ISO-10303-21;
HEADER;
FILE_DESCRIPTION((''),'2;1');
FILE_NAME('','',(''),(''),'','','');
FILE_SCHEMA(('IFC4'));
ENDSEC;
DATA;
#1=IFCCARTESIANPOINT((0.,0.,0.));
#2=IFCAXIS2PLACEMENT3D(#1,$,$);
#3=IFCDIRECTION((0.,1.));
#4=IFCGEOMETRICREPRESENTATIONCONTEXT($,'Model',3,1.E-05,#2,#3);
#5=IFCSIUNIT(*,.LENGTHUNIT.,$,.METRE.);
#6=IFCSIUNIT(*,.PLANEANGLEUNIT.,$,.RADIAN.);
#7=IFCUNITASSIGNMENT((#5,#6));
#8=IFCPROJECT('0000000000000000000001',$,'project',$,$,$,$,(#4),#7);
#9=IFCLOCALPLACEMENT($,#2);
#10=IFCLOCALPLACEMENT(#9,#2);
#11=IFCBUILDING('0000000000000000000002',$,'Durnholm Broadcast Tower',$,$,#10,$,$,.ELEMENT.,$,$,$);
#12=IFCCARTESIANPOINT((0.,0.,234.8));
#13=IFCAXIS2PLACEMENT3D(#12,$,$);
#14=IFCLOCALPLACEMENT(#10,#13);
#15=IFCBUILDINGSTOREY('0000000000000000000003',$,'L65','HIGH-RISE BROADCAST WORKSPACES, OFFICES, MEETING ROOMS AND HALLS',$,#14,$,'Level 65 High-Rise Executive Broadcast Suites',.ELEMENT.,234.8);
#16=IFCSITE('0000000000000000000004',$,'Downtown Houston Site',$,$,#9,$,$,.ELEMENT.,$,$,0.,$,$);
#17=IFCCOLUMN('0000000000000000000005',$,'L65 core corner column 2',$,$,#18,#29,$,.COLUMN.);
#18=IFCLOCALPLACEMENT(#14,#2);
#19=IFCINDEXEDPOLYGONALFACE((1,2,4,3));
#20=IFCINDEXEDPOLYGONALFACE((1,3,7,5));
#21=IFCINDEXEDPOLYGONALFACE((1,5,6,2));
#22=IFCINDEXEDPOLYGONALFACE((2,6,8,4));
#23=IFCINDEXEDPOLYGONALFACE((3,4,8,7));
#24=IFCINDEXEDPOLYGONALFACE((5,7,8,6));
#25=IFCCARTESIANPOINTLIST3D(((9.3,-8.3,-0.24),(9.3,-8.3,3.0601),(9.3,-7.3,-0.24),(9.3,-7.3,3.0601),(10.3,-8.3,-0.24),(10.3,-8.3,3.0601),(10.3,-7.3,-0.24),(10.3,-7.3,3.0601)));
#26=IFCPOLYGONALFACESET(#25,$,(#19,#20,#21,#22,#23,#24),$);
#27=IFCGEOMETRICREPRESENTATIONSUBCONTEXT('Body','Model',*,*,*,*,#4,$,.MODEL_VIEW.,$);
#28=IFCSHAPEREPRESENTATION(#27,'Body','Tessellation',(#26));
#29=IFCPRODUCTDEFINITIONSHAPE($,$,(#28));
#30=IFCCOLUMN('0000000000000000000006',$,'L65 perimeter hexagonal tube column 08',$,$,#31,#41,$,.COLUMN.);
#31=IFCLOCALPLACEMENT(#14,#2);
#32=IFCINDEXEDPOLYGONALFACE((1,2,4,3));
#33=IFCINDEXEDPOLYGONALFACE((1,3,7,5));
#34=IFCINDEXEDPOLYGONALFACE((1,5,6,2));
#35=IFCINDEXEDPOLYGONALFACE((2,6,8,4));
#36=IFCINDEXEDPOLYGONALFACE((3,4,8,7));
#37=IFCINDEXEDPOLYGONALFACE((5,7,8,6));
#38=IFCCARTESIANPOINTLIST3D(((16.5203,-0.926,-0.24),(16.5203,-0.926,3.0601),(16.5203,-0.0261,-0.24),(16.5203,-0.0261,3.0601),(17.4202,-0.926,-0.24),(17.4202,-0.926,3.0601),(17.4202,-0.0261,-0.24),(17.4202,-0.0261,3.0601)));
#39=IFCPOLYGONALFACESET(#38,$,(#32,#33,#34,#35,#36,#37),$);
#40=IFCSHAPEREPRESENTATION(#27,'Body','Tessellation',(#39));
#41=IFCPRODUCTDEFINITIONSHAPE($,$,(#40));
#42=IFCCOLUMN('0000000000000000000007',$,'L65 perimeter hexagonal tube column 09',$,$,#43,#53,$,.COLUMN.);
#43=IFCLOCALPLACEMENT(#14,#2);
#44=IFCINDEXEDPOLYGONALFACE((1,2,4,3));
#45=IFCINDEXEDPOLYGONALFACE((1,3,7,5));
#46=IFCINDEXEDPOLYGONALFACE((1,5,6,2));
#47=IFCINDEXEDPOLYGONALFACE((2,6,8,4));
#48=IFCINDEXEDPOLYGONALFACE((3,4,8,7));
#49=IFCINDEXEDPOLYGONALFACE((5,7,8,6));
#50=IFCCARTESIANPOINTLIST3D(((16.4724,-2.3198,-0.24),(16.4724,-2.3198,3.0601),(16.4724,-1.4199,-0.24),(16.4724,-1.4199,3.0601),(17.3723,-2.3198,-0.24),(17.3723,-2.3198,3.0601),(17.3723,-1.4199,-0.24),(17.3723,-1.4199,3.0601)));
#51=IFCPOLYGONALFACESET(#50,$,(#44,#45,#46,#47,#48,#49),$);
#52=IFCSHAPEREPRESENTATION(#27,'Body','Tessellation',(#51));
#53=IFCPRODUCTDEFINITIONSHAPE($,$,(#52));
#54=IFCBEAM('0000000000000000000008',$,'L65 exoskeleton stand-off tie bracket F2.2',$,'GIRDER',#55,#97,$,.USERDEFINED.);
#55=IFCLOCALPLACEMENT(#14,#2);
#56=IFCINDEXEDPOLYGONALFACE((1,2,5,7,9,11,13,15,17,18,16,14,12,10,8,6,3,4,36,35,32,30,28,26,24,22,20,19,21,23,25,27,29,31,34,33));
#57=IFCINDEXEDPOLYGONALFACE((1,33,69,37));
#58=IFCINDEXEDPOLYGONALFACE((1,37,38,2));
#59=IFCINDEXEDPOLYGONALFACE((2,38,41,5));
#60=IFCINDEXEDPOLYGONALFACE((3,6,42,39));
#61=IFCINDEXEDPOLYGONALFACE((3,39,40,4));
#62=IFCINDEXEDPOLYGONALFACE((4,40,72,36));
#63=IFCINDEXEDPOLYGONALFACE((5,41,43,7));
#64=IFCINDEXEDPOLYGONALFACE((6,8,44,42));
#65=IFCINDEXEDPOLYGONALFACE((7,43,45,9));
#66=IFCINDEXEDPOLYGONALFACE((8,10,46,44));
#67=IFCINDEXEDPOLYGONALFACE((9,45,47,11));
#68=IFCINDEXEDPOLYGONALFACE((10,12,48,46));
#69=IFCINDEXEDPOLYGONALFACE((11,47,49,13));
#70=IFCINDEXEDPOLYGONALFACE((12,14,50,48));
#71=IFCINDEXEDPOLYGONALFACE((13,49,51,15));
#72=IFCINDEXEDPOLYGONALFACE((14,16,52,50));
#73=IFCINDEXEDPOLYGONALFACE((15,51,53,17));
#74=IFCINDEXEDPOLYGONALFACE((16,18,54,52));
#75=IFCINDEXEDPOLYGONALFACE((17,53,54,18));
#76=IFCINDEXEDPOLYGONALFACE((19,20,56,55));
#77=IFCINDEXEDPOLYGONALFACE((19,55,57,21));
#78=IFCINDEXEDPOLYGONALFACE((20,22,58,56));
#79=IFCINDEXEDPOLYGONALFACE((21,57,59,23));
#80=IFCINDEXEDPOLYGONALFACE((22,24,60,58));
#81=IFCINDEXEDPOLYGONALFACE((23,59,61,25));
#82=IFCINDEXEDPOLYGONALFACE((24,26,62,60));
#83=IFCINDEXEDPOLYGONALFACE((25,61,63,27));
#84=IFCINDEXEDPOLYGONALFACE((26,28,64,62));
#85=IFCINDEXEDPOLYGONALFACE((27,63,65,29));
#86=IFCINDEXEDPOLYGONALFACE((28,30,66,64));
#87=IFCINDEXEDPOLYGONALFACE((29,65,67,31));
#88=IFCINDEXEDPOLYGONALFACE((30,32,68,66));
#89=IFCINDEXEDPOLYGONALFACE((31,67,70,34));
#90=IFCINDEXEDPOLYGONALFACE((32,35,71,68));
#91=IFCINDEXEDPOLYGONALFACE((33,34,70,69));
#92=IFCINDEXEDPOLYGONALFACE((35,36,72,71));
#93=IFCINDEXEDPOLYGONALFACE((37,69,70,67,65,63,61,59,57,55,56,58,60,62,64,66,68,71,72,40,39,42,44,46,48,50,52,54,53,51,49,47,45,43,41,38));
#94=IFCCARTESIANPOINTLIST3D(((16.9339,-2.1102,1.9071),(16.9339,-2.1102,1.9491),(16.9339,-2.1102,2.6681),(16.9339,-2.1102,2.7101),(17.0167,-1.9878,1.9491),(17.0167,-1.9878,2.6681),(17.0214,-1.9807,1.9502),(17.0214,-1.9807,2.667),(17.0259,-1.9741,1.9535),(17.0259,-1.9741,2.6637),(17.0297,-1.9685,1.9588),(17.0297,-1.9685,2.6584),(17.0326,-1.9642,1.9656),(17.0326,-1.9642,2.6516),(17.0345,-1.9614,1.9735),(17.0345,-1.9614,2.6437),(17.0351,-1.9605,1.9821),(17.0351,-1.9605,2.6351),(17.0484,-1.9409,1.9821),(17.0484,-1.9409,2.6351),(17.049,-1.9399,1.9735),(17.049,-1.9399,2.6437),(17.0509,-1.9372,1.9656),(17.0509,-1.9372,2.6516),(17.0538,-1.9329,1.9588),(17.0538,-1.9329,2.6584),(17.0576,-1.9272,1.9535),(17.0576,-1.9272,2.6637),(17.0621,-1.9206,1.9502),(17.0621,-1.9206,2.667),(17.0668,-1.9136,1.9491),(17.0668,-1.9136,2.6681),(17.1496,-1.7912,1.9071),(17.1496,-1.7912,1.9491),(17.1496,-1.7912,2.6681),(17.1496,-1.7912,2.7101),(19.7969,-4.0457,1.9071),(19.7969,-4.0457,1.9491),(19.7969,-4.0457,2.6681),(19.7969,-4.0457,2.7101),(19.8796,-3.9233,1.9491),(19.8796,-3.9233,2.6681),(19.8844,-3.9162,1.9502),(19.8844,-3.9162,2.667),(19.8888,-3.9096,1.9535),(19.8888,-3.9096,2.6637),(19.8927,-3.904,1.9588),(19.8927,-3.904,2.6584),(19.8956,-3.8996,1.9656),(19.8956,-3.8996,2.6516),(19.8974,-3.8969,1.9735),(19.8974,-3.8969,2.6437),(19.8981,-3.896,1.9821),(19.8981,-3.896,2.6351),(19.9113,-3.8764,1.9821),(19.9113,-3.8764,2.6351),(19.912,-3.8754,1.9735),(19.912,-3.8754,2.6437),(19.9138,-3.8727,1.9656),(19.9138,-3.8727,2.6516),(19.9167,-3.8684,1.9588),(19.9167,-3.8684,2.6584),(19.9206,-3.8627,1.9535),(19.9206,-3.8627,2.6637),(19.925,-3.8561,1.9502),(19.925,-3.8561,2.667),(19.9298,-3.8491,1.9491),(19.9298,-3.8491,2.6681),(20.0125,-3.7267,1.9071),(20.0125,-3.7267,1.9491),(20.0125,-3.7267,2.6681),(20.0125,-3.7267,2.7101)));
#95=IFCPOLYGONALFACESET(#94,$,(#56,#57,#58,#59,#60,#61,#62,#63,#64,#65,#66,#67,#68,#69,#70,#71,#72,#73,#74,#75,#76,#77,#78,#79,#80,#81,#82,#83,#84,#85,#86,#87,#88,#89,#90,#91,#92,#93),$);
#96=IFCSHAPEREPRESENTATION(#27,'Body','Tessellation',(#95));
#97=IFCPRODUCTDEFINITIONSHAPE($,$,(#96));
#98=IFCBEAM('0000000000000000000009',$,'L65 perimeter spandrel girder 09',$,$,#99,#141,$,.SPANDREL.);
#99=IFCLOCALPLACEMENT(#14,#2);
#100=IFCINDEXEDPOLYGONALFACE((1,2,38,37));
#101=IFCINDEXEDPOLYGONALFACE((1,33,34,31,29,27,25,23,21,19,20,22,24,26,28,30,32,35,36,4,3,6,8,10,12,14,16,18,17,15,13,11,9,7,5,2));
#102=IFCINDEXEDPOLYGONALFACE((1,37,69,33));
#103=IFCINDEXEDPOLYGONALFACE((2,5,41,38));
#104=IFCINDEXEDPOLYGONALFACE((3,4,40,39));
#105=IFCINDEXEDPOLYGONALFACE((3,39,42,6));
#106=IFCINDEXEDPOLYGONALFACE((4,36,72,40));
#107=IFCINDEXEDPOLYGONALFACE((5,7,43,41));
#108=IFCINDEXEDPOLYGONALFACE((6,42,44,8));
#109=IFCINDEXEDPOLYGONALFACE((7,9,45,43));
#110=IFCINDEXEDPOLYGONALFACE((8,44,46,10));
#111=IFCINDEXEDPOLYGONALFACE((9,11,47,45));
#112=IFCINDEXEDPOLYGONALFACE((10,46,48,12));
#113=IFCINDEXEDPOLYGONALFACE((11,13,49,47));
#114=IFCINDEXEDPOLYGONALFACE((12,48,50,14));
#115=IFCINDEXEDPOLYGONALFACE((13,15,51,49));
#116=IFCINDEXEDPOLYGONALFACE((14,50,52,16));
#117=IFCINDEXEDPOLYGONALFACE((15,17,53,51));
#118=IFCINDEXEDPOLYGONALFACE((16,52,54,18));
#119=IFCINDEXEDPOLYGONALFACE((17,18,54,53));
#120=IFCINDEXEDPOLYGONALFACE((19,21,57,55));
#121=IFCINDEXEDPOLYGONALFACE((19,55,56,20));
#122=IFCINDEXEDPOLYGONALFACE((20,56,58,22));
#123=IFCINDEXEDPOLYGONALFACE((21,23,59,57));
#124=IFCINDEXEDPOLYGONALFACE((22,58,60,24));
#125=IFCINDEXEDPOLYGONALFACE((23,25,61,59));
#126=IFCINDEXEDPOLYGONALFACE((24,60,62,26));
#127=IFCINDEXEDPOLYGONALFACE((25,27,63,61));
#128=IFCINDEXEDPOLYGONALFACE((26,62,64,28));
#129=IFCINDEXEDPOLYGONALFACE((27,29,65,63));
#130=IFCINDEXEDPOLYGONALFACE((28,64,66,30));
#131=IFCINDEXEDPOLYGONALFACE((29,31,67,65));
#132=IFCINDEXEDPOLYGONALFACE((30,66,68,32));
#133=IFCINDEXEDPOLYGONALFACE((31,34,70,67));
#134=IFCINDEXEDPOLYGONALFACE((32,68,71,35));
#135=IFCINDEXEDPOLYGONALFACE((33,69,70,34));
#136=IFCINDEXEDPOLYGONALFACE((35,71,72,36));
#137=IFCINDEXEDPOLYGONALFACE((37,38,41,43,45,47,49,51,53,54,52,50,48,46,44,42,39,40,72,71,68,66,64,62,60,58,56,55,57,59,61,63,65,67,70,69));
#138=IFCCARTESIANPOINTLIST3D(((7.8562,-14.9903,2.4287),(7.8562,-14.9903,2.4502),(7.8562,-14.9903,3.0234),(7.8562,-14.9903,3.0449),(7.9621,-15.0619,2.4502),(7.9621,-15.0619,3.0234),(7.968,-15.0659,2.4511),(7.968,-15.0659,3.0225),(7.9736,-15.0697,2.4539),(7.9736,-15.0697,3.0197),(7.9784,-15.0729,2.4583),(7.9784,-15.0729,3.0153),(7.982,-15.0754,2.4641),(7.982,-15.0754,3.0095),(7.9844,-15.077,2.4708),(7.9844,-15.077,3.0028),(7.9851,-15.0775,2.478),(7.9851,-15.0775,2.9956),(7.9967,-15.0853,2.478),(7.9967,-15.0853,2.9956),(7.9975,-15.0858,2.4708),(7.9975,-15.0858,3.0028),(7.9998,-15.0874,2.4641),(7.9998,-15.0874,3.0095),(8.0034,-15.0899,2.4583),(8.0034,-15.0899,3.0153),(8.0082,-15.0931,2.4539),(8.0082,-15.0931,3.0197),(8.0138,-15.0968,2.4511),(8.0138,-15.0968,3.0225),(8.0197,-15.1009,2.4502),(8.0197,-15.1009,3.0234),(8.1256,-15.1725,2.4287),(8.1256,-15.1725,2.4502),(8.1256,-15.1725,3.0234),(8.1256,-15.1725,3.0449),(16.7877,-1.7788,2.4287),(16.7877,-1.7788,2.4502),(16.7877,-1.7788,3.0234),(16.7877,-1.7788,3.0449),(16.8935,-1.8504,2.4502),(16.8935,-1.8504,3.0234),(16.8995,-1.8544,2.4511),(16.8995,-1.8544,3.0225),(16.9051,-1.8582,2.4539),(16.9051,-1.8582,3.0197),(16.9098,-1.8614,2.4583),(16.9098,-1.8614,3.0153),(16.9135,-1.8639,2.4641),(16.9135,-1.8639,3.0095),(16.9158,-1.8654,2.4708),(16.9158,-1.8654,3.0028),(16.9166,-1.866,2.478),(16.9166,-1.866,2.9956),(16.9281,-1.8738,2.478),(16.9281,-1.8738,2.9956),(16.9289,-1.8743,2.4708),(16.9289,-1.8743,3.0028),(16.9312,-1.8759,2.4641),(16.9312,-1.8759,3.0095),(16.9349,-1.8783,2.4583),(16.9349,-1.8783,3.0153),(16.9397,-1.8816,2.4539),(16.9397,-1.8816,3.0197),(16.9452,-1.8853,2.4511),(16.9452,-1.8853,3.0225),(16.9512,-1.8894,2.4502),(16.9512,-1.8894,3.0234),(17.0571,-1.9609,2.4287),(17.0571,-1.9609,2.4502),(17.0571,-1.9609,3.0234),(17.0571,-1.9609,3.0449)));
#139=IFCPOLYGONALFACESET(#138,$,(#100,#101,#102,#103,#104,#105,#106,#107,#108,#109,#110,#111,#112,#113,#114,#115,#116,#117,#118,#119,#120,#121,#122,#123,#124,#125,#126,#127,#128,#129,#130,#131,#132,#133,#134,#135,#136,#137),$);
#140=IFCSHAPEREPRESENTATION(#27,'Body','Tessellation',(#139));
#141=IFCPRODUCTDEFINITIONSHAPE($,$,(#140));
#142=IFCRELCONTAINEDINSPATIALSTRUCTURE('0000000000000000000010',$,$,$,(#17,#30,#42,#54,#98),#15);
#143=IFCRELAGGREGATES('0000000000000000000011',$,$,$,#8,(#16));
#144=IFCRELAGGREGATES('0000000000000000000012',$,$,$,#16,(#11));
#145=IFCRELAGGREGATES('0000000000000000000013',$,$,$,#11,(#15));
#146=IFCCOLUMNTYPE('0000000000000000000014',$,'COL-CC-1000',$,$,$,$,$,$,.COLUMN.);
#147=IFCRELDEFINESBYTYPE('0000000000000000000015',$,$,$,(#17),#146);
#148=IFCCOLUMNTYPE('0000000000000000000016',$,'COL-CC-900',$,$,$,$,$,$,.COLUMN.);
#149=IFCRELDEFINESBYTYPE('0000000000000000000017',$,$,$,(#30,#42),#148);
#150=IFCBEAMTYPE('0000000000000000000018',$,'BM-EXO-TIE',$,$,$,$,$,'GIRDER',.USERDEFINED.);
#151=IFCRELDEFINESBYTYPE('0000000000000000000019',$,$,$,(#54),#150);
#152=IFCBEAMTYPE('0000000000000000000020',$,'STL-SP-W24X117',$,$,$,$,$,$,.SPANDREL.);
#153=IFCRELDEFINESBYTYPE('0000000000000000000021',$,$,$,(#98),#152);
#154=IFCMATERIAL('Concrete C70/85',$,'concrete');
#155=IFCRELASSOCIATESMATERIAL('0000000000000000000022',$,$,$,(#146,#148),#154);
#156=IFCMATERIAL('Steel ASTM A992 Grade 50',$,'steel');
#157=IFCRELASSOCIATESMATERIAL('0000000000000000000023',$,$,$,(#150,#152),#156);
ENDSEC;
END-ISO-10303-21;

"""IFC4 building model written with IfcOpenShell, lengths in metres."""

from ifc_helpers import new_model, si_unit, direction, frame, origin, origin_2d, place, context, subcontext, project, spatial, rectangle, i_section, extrude, source, transform, mapped, material, material_profile, profile_set, type_object, type_shapes, element, save


model = new_model("IFC4")

# Units and contexts
model_context = context("Model", 3, precision=1e-05, world=origin(), true_north=direction((0.0, 1.0)))
body_context = subcontext(model_context, "Body", "Model", "MODEL_VIEW")
ifc_project = project(units=[si_unit("LENGTHUNIT", "METRE"), si_unit("PLANEANGLEUNIT", "RADIAN")], contexts=[model_context])

# Site, building, storey
site_placement = place(None, origin())
site = spatial("IfcSite", under=ifc_project, at=site_placement, Name="Downtown Houston Site", CompositionType="ELEMENT", RefElevation=0.0)
building_placement = place(site_placement, origin())
building = spatial("IfcBuilding", under=site, at=building_placement, Name="Durnholm Broadcast Tower", CompositionType="ELEMENT")
storey_placement = place(building_placement, frame((0.0, 0.0, 234.8)))
storey = spatial("IfcBuildingStorey", under=building, at=storey_placement, Name="L65", Description="HIGH-RISE BROADCAST WORKSPACES, OFFICES, MEETING ROOMS AND HALLS", LongName="Level 65 High-Rise Executive Broadcast Suites", CompositionType="ELEMENT", Elevation=234.8)

# Columns
ifc_material_1 = material(Name="Concrete C70/85", Category="concrete")
ifc_material_profile_1 = material_profile(ifc_material_1, rectangle(XDim=1.0, YDim=1.0, at=origin_2d()), Name="RC1000X1000")
ifc_profile_set_1 = profile_set([ifc_material_profile_1], Name="Concrete C70/85")
column_type_1 = type_object("IfcColumnType", Name="COL-CC-1000", PredefinedType="COLUMN", material=ifc_profile_set_1)
shared_shape_1 = source(origin(), body_context, "Body", "SweptSolid", [
    extrude(rectangle(XDim=1.0, YDim=1.0, at=origin_2d()), origin(), (0.0, 0.0, 1.0), 3.3),
])
type_shapes(column_type_1, [shared_shape_1])
column_placement = place(storey_placement, frame((9.8, -7.8, -0.24), z_axis=(0.0, 0.0, 1.0), x_axis=(1.0, 0.0, 0.0)))
element("IfcColumn", 1, at=column_placement, inside=storey, type_object=column_type_1, Name="L65 core corner column 2", PredefinedType="COLUMN", context=body_context, shape_type="MappedRepresentation", body=[
    mapped(shared_shape_1, transform((0.0, 0.0, 0.0), x_axis=(1.0, 0.0, 0.0), y_axis=(0.0, 1.0, 0.0), z_axis=(0.0, 0.0, 1.0), scale=1.0)),
])
ifc_material_profile_2 = material_profile(ifc_material_1, rectangle(XDim=0.8999, YDim=0.8999, at=origin_2d()), Name="RC900X900")
ifc_profile_set_2 = profile_set([ifc_material_profile_2], Name="Concrete C70/85")
column_type_2 = type_object("IfcColumnType", Name="COL-CC-900", PredefinedType="COLUMN", material=ifc_profile_set_2)
shared_shape_2 = source(origin(), body_context, "Body", "SweptSolid", [
    extrude(rectangle(XDim=0.8999, YDim=0.8999, at=origin_2d()), origin(), (0.0, 0.0, 1.0), 3.3),
])
type_shapes(column_type_2, [shared_shape_2])
for number, where, z_axis, x_axis, name in (
    (2, (16.9702, -0.4761, -0.24), (0.0, 0.0, 1.0), (1.0, 0.0, 0.0), "L65 perimeter hexagonal tube column 08"),
    (3, (16.9224, -1.8699, -0.24), (0.0, 0.0, 1.0), (1.0, 0.0, 0.0), "L65 perimeter hexagonal tube column 09"),
):
    element("IfcColumn", number, at=place(storey_placement, frame(where, z_axis=z_axis, x_axis=x_axis)), inside=storey, type_object=column_type_2, Name=name, PredefinedType="COLUMN", context=body_context, shape_type="MappedRepresentation", body=[
        mapped(shared_shape_2, transform((0.0, 0.0, 0.0), x_axis=(1.0, 0.0, 0.0), y_axis=(0.0, 1.0, 0.0), z_axis=(0.0, 0.0, 1.0), scale=1.0)),
    ])

# Beams
ifc_material_2 = material(Name="Steel ASTM A992 Grade 50", Category="steel")
ifc_material_profile_3 = material_profile(ifc_material_2, i_section(OverallWidth=0.385, OverallDepth=0.803, WebThickness=0.0237, FlangeThickness=0.042, FilletRadius=0.033, at=origin_2d()), Name="W30X261")
ifc_profile_set_3 = profile_set([ifc_material_profile_3], Name="Steel ASTM A992 Grade 50")
beam_type_1 = type_object("IfcBeamType", Name="BM-EXO-TIE", ElementType="GIRDER", PredefinedType="USERDEFINED", material=ifc_profile_set_3)
shared_shape_3 = source(origin(), body_context, "Body", "SweptSolid", [
    extrude(i_section(OverallWidth=0.385, OverallDepth=0.803, WebThickness=0.0237, FlangeThickness=0.042, FilletRadius=0.033, at=origin_2d()), origin(), (0.0, 0.0, 1.0), 3.4558),
])
beam_1_placement = place(storey_placement, frame((17.0417, -1.9507, 2.3086), z_axis=(0.828446, -0.560068, 0.0), x_axis=(0.560068, 0.828446, 0.0)))
element("IfcBeam", 4, at=beam_1_placement, inside=storey, type_object=beam_type_1, Name="L65 exoskeleton stand-off tie bracket F2.2", ObjectType="GIRDER", PredefinedType="USERDEFINED", context=body_context, shape_type="MappedRepresentation", body=[
    mapped(shared_shape_3, transform((0.0, 0.0, 0.0), x_axis=(1.0, 0.0, 0.0), y_axis=(0.0, 1.0, 0.0), z_axis=(0.0, 0.0, 1.0), scale=1.0)),
])
ifc_material_profile_4 = material_profile(ifc_material_2, i_section(OverallWidth=0.3252, OverallDepth=0.6162, WebThickness=0.0139, FlangeThickness=0.0215, FilletRadius=0.0278, at=origin_2d()), Name="W24X117")
ifc_profile_set_4 = profile_set([ifc_material_profile_4], Name="Steel ASTM A992 Grade 50")
beam_type_2 = type_object("IfcBeamType", Name="STL-SP-W24X117", PredefinedType="SPANDREL", material=ifc_profile_set_4)
shared_shape_4 = source(origin(), body_context, "Body", "SweptSolid", [
    extrude(i_section(OverallWidth=0.3252, OverallDepth=0.6162, WebThickness=0.0139, FlangeThickness=0.0215, FilletRadius=0.0278, at=origin_2d()), origin(), (0.0, 0.0, 1.0), 15.9473),
])
type_shapes(beam_type_2, [shared_shape_4])
beam_2_placement = place(storey_placement, frame((16.9224, -1.8699, 2.7368), z_axis=(-0.560062, -0.828451, 0.0), x_axis=(0.828451, -0.560062, 0.0)))
element("IfcBeam", 5, at=beam_2_placement, inside=storey, type_object=beam_type_2, Name="L65 perimeter spandrel girder 09", PredefinedType="SPANDREL", context=body_context, shape_type="MappedRepresentation", body=[
    mapped(shared_shape_4, transform((0.0, 0.0, 0.0), x_axis=(1.0, 0.0, 0.0), y_axis=(0.0, 1.0, 0.0), z_axis=(0.0, 0.0, 1.0), scale=1.0)),
])

save(model, "model.ifc")
